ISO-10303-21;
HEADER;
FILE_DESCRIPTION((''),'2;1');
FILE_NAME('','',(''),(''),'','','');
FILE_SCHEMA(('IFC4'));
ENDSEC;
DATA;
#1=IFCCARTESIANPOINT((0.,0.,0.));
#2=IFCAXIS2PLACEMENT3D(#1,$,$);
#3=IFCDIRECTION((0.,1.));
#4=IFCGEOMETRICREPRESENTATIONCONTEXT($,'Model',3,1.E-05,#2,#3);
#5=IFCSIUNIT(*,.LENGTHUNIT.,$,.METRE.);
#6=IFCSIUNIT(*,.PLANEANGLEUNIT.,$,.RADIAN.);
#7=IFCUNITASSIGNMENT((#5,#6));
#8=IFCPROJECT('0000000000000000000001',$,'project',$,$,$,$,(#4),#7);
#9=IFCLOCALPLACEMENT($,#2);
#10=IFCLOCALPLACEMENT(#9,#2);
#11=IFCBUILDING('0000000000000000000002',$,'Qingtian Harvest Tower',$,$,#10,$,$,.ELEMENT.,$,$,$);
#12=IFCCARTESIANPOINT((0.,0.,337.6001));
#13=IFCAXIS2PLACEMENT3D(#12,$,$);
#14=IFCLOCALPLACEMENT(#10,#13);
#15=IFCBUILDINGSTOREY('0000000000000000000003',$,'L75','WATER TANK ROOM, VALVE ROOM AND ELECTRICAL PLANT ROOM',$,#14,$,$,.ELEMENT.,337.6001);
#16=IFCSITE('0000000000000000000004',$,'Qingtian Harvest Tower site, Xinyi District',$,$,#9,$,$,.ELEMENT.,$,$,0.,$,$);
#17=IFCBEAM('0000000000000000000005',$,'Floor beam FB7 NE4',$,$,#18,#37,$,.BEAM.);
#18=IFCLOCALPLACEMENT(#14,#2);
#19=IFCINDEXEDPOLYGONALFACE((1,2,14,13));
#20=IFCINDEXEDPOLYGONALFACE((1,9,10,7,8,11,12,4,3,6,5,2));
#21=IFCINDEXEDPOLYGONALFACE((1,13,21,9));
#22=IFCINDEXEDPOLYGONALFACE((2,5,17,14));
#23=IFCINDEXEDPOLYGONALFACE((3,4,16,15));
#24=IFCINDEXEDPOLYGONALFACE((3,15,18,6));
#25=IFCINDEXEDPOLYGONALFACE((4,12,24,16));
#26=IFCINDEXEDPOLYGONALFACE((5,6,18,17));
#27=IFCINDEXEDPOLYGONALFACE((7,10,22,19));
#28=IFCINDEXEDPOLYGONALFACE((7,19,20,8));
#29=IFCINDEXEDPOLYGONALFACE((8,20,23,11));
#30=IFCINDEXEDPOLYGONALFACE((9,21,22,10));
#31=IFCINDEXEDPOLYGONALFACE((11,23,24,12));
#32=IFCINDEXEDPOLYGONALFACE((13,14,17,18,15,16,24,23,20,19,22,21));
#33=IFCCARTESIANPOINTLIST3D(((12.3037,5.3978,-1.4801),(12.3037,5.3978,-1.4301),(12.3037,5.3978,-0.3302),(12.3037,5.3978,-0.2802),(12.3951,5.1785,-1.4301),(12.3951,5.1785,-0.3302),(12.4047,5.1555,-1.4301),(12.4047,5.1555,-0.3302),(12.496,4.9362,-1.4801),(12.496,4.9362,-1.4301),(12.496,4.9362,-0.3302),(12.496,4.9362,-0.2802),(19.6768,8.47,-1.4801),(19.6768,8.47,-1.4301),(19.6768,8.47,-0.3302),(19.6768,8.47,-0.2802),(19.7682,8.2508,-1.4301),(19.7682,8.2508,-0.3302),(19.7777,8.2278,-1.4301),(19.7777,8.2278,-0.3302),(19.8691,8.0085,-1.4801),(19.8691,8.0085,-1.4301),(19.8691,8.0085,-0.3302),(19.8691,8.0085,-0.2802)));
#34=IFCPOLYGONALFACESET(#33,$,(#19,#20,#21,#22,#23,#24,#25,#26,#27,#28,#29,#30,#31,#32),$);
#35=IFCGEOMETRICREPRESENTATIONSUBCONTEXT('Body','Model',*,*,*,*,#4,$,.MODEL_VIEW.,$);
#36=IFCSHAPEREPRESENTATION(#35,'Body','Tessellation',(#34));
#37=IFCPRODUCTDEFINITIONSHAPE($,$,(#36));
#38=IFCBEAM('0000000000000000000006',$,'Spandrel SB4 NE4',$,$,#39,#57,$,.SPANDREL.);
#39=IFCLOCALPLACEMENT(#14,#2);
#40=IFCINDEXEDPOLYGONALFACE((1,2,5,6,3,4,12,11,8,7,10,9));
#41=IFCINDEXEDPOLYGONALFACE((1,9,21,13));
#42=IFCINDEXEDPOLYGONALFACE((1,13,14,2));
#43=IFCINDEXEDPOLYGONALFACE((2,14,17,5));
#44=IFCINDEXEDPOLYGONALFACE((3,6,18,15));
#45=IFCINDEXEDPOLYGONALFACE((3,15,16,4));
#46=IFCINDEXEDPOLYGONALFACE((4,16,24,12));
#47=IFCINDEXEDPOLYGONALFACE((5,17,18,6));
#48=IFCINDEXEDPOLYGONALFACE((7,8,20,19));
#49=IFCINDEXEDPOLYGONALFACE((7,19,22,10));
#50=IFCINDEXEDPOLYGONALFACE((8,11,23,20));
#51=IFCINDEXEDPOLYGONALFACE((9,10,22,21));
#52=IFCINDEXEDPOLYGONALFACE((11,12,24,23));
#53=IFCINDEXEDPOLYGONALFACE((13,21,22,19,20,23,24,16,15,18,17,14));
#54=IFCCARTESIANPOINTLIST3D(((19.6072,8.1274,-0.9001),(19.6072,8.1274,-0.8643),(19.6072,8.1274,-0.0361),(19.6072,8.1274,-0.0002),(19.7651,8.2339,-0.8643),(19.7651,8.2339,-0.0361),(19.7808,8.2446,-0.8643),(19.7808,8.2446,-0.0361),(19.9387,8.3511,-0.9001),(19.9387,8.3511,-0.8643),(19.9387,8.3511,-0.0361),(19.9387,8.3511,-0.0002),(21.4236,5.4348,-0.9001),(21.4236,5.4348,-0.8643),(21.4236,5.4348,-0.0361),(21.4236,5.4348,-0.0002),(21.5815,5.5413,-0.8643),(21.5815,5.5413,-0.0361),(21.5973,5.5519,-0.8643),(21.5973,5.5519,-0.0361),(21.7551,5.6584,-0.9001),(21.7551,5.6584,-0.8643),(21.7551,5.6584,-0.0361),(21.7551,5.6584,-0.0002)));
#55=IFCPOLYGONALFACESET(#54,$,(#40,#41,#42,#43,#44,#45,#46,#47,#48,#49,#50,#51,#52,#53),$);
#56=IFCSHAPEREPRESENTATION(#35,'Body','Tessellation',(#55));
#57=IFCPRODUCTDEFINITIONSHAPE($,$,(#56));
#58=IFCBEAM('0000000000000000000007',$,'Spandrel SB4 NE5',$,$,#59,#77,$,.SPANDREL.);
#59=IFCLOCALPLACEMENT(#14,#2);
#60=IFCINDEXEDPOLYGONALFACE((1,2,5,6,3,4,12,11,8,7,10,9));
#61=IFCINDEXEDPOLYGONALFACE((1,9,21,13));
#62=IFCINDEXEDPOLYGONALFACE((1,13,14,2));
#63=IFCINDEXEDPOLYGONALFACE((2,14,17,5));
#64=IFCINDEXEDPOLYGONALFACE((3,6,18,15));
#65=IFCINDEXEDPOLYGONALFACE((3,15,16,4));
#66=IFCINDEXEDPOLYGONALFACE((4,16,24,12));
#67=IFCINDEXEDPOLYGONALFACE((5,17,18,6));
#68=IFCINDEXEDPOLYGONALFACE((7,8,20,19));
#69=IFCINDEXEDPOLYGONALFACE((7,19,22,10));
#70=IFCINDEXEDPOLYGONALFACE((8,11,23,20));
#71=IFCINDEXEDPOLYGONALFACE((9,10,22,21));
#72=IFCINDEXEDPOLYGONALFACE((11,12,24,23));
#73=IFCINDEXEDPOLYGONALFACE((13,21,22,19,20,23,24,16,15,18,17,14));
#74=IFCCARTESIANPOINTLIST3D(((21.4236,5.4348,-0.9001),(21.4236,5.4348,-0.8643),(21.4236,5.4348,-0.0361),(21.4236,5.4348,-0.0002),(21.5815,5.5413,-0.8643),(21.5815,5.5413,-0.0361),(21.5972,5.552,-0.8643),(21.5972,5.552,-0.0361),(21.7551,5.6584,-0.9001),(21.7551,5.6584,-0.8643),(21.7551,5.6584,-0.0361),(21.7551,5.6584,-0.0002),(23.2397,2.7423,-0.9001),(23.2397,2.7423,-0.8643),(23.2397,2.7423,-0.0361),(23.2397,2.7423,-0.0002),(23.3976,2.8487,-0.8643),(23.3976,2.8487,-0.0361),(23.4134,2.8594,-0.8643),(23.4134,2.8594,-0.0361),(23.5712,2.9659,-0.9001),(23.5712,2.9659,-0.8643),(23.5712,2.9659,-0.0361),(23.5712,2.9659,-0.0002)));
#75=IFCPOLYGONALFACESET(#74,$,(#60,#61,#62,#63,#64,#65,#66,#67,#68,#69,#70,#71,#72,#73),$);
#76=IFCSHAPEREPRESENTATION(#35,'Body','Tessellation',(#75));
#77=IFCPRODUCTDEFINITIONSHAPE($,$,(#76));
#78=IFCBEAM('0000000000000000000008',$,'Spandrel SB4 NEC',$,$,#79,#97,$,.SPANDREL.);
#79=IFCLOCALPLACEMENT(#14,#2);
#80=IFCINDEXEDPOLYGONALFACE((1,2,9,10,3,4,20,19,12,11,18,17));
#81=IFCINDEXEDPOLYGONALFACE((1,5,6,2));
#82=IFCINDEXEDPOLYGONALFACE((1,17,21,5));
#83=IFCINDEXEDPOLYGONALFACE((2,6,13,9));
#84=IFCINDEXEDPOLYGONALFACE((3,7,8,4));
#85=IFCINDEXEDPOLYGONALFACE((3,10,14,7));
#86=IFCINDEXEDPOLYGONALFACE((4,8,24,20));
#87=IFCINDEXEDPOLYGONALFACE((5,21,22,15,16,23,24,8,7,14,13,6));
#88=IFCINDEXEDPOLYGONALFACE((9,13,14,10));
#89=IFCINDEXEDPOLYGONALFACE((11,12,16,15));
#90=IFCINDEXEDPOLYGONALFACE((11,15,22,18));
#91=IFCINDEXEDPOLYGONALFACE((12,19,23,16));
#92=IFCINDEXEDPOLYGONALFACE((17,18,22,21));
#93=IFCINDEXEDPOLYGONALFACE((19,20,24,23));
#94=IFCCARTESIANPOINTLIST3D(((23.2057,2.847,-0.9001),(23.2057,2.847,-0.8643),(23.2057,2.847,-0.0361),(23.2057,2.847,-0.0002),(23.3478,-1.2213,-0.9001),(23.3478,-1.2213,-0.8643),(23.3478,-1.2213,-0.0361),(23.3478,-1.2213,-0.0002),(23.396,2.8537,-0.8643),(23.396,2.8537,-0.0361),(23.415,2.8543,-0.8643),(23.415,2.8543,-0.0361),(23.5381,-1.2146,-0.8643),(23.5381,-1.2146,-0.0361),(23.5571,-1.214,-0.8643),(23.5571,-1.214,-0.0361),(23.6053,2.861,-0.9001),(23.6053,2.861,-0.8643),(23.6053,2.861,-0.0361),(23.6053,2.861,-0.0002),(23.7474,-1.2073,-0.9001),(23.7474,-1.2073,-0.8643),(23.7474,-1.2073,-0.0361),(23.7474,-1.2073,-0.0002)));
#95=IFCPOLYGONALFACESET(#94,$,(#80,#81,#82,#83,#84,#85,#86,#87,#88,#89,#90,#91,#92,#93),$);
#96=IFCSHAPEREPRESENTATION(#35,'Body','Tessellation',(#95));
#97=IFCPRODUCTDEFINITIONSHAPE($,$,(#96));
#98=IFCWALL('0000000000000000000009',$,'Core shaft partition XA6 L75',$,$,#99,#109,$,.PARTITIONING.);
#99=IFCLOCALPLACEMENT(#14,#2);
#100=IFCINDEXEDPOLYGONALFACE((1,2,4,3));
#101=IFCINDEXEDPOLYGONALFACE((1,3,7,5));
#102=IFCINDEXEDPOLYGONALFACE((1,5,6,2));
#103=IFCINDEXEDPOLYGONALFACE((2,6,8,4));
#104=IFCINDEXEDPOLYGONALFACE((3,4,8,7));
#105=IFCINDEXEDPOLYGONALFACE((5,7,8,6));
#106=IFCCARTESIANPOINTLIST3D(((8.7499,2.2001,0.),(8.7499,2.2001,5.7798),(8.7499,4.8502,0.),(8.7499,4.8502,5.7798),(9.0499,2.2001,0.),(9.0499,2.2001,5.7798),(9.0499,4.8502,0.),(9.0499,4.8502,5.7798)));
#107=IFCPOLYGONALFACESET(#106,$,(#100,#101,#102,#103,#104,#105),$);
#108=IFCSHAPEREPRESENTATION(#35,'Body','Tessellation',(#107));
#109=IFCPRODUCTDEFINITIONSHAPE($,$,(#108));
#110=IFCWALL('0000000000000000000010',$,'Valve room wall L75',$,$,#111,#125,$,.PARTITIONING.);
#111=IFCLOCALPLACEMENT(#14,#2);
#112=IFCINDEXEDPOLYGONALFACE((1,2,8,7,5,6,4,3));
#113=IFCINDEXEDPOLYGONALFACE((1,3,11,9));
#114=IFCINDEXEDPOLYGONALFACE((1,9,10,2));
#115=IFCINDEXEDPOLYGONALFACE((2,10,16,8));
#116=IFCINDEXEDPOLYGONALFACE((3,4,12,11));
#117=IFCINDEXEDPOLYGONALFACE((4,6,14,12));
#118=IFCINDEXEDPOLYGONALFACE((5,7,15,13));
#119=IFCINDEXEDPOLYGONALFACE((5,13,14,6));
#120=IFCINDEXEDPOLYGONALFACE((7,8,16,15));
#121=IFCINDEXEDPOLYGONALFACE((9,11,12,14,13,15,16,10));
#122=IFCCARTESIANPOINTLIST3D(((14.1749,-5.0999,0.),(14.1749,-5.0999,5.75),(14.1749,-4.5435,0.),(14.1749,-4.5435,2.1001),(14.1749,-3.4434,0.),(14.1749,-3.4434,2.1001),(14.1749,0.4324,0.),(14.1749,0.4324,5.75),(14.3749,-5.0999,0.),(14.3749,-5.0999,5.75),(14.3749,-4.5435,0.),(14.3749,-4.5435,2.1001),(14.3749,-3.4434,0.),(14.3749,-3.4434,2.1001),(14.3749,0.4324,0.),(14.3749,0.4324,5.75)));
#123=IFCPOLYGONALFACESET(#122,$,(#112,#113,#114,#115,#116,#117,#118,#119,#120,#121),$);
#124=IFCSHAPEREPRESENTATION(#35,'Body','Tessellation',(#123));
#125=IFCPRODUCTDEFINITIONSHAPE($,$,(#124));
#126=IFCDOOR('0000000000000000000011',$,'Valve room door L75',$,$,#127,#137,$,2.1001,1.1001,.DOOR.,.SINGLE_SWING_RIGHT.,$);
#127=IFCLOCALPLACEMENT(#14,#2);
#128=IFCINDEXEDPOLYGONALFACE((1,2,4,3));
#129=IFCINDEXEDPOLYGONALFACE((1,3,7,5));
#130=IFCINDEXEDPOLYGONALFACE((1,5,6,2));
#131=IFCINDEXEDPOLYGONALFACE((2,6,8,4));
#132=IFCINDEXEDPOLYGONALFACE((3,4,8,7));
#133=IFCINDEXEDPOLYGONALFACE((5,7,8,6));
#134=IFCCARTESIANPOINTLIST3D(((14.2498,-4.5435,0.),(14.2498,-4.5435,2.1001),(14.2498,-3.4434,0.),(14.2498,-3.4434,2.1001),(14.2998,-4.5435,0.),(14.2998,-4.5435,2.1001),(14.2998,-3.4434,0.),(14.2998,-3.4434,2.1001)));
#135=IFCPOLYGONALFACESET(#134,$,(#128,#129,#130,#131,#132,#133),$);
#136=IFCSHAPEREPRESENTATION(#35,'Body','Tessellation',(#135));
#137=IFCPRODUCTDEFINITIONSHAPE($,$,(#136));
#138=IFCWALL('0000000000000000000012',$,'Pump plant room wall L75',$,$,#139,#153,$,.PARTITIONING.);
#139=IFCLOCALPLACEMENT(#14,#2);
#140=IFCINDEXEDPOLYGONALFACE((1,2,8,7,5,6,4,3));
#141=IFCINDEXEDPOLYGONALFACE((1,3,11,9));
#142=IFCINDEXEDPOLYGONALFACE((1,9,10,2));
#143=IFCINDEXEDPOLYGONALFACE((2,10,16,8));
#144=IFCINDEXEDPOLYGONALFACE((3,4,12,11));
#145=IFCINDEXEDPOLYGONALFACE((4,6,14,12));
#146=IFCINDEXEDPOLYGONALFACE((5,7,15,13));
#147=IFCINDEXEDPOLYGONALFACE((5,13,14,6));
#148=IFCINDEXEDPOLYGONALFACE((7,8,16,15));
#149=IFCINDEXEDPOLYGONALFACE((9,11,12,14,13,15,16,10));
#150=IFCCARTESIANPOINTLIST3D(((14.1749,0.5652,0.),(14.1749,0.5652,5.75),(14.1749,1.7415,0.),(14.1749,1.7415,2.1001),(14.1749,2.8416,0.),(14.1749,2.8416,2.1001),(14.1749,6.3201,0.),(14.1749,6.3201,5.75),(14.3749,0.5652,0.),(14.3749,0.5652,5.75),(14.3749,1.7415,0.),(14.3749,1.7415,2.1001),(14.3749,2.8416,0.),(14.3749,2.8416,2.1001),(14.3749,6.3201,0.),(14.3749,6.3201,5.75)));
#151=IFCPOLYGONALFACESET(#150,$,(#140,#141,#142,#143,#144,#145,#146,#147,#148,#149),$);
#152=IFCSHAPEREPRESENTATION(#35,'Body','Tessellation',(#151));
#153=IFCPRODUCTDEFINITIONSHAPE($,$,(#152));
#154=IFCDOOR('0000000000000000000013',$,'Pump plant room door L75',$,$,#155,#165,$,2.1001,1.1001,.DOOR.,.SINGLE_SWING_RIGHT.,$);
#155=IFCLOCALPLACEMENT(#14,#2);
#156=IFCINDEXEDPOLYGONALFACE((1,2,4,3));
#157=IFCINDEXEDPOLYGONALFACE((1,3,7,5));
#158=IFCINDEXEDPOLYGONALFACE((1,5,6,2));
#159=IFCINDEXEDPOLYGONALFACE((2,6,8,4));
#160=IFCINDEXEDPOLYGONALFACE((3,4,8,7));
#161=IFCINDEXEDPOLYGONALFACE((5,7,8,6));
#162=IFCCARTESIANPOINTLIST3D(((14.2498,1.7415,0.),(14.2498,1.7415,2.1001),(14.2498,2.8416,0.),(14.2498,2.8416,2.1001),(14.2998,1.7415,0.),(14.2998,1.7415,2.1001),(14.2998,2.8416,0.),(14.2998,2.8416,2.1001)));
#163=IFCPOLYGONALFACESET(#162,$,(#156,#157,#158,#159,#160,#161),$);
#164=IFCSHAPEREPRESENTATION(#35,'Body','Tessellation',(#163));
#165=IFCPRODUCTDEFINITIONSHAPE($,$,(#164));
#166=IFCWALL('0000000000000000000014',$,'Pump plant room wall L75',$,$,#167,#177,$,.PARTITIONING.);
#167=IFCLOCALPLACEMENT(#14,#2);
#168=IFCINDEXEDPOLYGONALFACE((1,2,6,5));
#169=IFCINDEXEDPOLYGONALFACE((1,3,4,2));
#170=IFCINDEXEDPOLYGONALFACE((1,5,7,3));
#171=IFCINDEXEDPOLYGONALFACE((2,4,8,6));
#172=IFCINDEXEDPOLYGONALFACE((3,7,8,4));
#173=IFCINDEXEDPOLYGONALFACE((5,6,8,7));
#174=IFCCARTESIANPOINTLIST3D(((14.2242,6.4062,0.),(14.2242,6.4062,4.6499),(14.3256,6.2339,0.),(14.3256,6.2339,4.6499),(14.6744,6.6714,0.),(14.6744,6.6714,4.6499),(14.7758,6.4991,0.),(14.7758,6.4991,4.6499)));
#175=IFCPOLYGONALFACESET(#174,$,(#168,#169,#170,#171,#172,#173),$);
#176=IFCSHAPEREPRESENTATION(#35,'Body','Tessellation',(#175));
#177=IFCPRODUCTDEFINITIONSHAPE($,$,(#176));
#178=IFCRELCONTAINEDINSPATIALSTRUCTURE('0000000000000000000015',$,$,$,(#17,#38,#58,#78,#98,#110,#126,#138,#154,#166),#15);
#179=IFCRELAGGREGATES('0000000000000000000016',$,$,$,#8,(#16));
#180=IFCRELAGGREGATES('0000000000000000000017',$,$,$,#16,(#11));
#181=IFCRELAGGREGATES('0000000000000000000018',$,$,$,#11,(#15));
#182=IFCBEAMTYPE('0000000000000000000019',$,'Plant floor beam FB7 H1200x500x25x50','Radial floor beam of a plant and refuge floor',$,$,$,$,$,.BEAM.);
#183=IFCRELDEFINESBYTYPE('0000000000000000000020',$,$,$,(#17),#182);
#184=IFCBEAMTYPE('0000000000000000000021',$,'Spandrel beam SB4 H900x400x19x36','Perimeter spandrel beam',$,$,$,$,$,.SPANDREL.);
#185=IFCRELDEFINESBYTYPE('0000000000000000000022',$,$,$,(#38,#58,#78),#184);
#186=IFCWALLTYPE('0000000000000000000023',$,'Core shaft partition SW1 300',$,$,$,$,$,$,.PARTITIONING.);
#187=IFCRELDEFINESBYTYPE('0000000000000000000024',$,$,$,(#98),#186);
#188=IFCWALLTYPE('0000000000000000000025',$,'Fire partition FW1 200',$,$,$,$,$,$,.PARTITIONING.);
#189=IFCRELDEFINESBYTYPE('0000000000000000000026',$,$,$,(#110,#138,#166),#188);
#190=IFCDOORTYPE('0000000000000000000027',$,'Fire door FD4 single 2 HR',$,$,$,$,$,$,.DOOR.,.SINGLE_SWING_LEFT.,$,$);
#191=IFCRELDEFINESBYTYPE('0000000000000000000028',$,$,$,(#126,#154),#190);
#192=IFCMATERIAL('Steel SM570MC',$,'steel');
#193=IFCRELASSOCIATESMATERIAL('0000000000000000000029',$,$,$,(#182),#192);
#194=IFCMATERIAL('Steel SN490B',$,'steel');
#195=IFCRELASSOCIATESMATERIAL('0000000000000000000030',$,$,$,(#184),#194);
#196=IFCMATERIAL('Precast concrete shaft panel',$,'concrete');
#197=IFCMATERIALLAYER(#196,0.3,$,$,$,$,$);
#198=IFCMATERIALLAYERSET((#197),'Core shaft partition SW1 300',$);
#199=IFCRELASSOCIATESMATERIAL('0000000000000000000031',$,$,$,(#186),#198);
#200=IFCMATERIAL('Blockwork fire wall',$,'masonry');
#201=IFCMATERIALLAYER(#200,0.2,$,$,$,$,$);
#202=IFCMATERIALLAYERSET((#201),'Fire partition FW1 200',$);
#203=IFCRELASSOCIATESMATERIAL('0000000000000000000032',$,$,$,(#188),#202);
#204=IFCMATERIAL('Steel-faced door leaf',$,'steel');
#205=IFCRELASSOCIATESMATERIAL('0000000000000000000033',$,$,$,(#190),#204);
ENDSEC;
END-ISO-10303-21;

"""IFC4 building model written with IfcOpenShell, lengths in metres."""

from ifc_helpers import new_model, si_unit, direction, frame, frame_2d, origin, origin_2d, place, context, subcontext, project, spatial, rectangle, i_section, extrude, material, layer, layer_set, material_profile, profile_set, type_object, element, fill, save


model = new_model("IFC4")

# Units and contexts
model_context = context("Model", 3, precision=1e-05, world=origin(), true_north=direction((0.0, 1.0)))
body_context = subcontext(model_context, "Body", "Model", "MODEL_VIEW")
ifc_project = project(units=[si_unit("LENGTHUNIT", "METRE"), si_unit("PLANEANGLEUNIT", "RADIAN")], contexts=[model_context])

# Site, building, storey
site_placement = place(None, origin())
site = spatial("IfcSite", under=ifc_project, at=site_placement, Name="Qingtian Harvest Tower site, Xinyi District", CompositionType="ELEMENT", RefElevation=0.0)
building_placement = place(site_placement, origin())
building = spatial("IfcBuilding", under=site, at=building_placement, Name="Qingtian Harvest Tower", CompositionType="ELEMENT")
storey_placement = place(building_placement, frame((0.0, 0.0, 337.6001)))
storey = spatial("IfcBuildingStorey", under=building, at=storey_placement, Name="L75", Description="WATER TANK ROOM, VALVE ROOM AND ELECTRICAL PLANT ROOM", CompositionType="ELEMENT", Elevation=337.6001)

# Beams
ifc_material_1 = material(Name="Steel SM570MC", Category="steel")
ifc_material_profile_1 = material_profile(ifc_material_1, i_section(OverallWidth=0.5, OverallDepth=1.2, WebThickness=0.0249, FlangeThickness=0.05, at=origin_2d()), Name="H1200x500x25x50")
ifc_profile_set_1 = profile_set([ifc_material_profile_1], Name="Steel SM570MC")
beam_type_1 = type_object("IfcBeamType", Name="Plant floor beam FB7 H1200x500x25x50", Description="Radial floor beam of a plant and refuge floor", PredefinedType="BEAM", material=ifc_profile_set_1)
beam_1_placement = place(storey_placement, frame((19.7729, 8.2393, -0.8801), z_axis=(-0.92307, -0.384633, 0.0), x_axis=(0.384633, -0.92307, 0.0)))
element("IfcBeam", 1, at=beam_1_placement, inside=storey, type_object=beam_type_1, Name="Floor beam FB7 NE4", PredefinedType="BEAM", context=body_context, shape_type="SweptSolid", body=[
    extrude(i_section(OverallWidth=0.5, OverallDepth=1.2, WebThickness=0.0249, FlangeThickness=0.05, at=origin_2d()), origin(), (0.0, 0.0, 1.0), 7.9875),
])
ifc_material_2 = material(Name="Steel SN490B", Category="steel")
ifc_material_profile_2 = material_profile(ifc_material_2, i_section(OverallWidth=0.3999, OverallDepth=0.8999, WebThickness=0.019, FlangeThickness=0.0359, at=origin_2d()), Name="H900x400x19x36")
ifc_profile_set_2 = profile_set([ifc_material_profile_2], Name="Steel SN490B")
beam_type_2 = type_object("IfcBeamType", Name="Spandrel beam SB4 H900x400x19x36", Description="Perimeter spandrel beam", PredefinedType="SPANDREL", material=ifc_profile_set_2)
beam_2_placement = place(storey_placement, frame((19.7729, 8.2393, -0.4502), z_axis=(0.559237, -0.829008, 0.0), x_axis=(0.829008, 0.559237, 0.0)))
element("IfcBeam", 2, at=beam_2_placement, inside=storey, type_object=beam_type_2, Name="Spandrel SB4 NE4", PredefinedType="SPANDREL", context=body_context, shape_type="SweptSolid", body=[
    extrude(i_section(OverallWidth=0.3999, OverallDepth=0.8999, WebThickness=0.019, FlangeThickness=0.0359, at=origin_2d()), origin(), (0.0, 0.0, 1.0), 3.248),
])
beam_3_placement = place(storey_placement, frame((21.5894, 5.5466, -0.4502), z_axis=(0.559185, -0.829043, 0.0), x_axis=(0.829043, 0.559185, 0.0)))
element("IfcBeam", 3, at=beam_3_placement, inside=storey, type_object=beam_type_2, Name="Spandrel SB4 NE5", PredefinedType="SPANDREL", context=body_context, shape_type="SweptSolid", body=[
    extrude(i_section(OverallWidth=0.3999, OverallDepth=0.8999, WebThickness=0.019, FlangeThickness=0.0359, at=origin_2d()), origin(), (0.0, 0.0, 1.0), 3.2478),
])
beam_4_placement = place(storey_placement, frame((23.4055, 2.854, -0.4502), z_axis=(0.034904, -0.999391, 0.0), x_axis=(0.999391, 0.034904, 0.0)))
element("IfcBeam", 4, at=beam_4_placement, inside=storey, type_object=beam_type_2, Name="Spandrel SB4 NEC", PredefinedType="SPANDREL", context=body_context, shape_type="SweptSolid", body=[
    extrude(i_section(OverallWidth=0.3999, OverallDepth=0.8999, WebThickness=0.019, FlangeThickness=0.0359, at=origin_2d()), origin(), (0.0, 0.0, 1.0), 4.0708),
])

# Wall
ifc_material_3 = material(Name="Precast concrete shaft panel", Category="concrete")
ifc_layer_1 = layer(ifc_material_3, 0.3)
ifc_layer_set_1 = layer_set([ifc_layer_1], Name="Core shaft partition SW1 300")
wall_type_1 = type_object("IfcWallType", Name="Core shaft partition SW1 300", PredefinedType="PARTITIONING", material=ifc_layer_set_1)
wall_1_placement = place(storey_placement, frame((8.8999, 2.2, 0.0), z_axis=(0.0, 0.0, 1.0), x_axis=(0.0, 1.0, 0.0)))
element("IfcWall", 5, at=wall_1_placement, inside=storey, type_object=wall_type_1, Name="Core shaft partition XA6 L75", PredefinedType="PARTITIONING", context=body_context, shape_type="SweptSolid", body=[
    extrude(rectangle(XDim=2.6501, YDim=0.3, at=frame_2d((1.3252, 0.0))), origin(), (0.0, 0.0, 1.0), 5.7798),
])

# Walls, openings, doors
ifc_material_4 = material(Name="Blockwork fire wall", Category="masonry")
ifc_layer_2 = layer(ifc_material_4, 0.2)
ifc_layer_set_2 = layer_set([ifc_layer_2], Name="Fire partition FW1 200")
wall_type_2 = type_object("IfcWallType", Name="Fire partition FW1 200", PredefinedType="PARTITIONING", material=ifc_layer_set_2)
wall_2_placement = place(storey_placement, frame((14.2749, 0.4324, 0.0), z_axis=(0.0, 0.0, 1.0), x_axis=(0.0, -1.0, 0.0)))
wall_2 = element("IfcWall", 6, at=wall_2_placement, inside=storey, type_object=wall_type_2, Name="Valve room wall L75", PredefinedType="PARTITIONING", context=body_context, shape_type="SweptSolid", body=[
    extrude(rectangle(XDim=5.5322, YDim=0.2, at=frame_2d((2.7661, 0.0))), origin(), (0.0, 0.0, 1.0), 5.75),
])
opening_1_placement = place(wall_2_placement, frame((3.8757, 0.0, 0.0)))
opening_1 = element("IfcOpeningElement", 7, at=opening_1_placement, cuts=wall_2, PredefinedType="OPENING", context=body_context, shape_type="SweptSolid", body=[
    extrude(rectangle(XDim=1.1001, YDim=2.1001, at=frame_2d((0.55, 1.05))), frame((0.0, 0.1099, 0.0), z_axis=(0.0, -1.0, 0.0), x_axis=(1.0, 0.0, 0.0)), (0.0, 0.0, 1.0), 0.22),
])
ifc_material_5 = material(Name="Steel-faced door leaf", Category="steel")
door_type_1 = type_object("IfcDoorType", Name="Fire door FD4 single 2 HR", OperationType="SINGLE_SWING_LEFT", PredefinedType="DOOR", material=ifc_material_5)
door_1_placement = place(opening_1_placement, origin())
door_1 = element("IfcDoor", 8, at=door_1_placement, inside=storey, type_object=door_type_1, Name="Valve room door L75", OperationType="SINGLE_SWING_RIGHT", OverallHeight=2.1001, OverallWidth=1.1001, PredefinedType="DOOR", context=body_context, shape_type="SweptSolid", body=[
    extrude(rectangle(XDim=1.1001, YDim=2.1001, at=frame_2d((0.55, 1.05))), frame((0.0, 0.0249, 0.0), z_axis=(0.0, -1.0, 0.0), x_axis=(1.0, 0.0, 0.0)), (0.0, 0.0, 1.0), 0.05),
])
fill(opening_1, door_1)
wall_3_placement = place(storey_placement, frame((14.2749, 6.3201, 0.0), z_axis=(0.0, 0.0, 1.0), x_axis=(0.0, -1.0, 0.0)))
wall_3 = element("IfcWall", 9, at=wall_3_placement, inside=storey, type_object=wall_type_2, Name="Pump plant room wall L75", PredefinedType="PARTITIONING", context=body_context, shape_type="SweptSolid", body=[
    extrude(rectangle(XDim=5.7549, YDim=0.2, at=frame_2d((2.8774, 0.0))), origin(), (0.0, 0.0, 1.0), 5.75),
])
opening_2_placement = place(wall_3_placement, frame((3.4785, 0.0, 0.0)))
opening_2 = element("IfcOpeningElement", 10, at=opening_2_placement, cuts=wall_3, PredefinedType="OPENING", context=body_context, shape_type="SweptSolid", body=[
    extrude(rectangle(XDim=1.1001, YDim=2.1001, at=frame_2d((0.55, 1.05))), frame((0.0, 0.1099, 0.0), z_axis=(0.0, -1.0, 0.0), x_axis=(1.0, 0.0, 0.0)), (0.0, 0.0, 1.0), 0.22),
])
door_2_placement = place(opening_2_placement, origin())
door_2 = element("IfcDoor", 11, at=door_2_placement, inside=storey, type_object=door_type_1, Name="Pump plant room door L75", OperationType="SINGLE_SWING_RIGHT", OverallHeight=2.1001, OverallWidth=1.1001, PredefinedType="DOOR", context=body_context, shape_type="SweptSolid", body=[
    extrude(rectangle(XDim=1.1001, YDim=2.1001, at=frame_2d((0.55, 1.05))), frame((0.0, 0.0249, 0.0), z_axis=(0.0, -1.0, 0.0), x_axis=(1.0, 0.0, 0.0)), (0.0, 0.0, 1.0), 0.05),
])
fill(opening_2, door_2)

# Wall
wall_4_placement = place(storey_placement, frame((14.7251, 6.5852, 0.0), z_axis=(0.0, 0.0, 1.0), x_axis=(-0.86167, -0.507469, 0.0)))
element("IfcWall", 12, at=wall_4_placement, inside=storey, type_object=wall_type_2, Name="Pump plant room wall L75", PredefinedType="PARTITIONING", context=body_context, shape_type="SweptSolid", body=[
    extrude(rectangle(XDim=0.5225, YDim=0.2, at=frame_2d((0.2612, 0.0))), origin(), (0.0, 0.0, 1.0), 4.6499),
])

save(model, "model.ifc")
